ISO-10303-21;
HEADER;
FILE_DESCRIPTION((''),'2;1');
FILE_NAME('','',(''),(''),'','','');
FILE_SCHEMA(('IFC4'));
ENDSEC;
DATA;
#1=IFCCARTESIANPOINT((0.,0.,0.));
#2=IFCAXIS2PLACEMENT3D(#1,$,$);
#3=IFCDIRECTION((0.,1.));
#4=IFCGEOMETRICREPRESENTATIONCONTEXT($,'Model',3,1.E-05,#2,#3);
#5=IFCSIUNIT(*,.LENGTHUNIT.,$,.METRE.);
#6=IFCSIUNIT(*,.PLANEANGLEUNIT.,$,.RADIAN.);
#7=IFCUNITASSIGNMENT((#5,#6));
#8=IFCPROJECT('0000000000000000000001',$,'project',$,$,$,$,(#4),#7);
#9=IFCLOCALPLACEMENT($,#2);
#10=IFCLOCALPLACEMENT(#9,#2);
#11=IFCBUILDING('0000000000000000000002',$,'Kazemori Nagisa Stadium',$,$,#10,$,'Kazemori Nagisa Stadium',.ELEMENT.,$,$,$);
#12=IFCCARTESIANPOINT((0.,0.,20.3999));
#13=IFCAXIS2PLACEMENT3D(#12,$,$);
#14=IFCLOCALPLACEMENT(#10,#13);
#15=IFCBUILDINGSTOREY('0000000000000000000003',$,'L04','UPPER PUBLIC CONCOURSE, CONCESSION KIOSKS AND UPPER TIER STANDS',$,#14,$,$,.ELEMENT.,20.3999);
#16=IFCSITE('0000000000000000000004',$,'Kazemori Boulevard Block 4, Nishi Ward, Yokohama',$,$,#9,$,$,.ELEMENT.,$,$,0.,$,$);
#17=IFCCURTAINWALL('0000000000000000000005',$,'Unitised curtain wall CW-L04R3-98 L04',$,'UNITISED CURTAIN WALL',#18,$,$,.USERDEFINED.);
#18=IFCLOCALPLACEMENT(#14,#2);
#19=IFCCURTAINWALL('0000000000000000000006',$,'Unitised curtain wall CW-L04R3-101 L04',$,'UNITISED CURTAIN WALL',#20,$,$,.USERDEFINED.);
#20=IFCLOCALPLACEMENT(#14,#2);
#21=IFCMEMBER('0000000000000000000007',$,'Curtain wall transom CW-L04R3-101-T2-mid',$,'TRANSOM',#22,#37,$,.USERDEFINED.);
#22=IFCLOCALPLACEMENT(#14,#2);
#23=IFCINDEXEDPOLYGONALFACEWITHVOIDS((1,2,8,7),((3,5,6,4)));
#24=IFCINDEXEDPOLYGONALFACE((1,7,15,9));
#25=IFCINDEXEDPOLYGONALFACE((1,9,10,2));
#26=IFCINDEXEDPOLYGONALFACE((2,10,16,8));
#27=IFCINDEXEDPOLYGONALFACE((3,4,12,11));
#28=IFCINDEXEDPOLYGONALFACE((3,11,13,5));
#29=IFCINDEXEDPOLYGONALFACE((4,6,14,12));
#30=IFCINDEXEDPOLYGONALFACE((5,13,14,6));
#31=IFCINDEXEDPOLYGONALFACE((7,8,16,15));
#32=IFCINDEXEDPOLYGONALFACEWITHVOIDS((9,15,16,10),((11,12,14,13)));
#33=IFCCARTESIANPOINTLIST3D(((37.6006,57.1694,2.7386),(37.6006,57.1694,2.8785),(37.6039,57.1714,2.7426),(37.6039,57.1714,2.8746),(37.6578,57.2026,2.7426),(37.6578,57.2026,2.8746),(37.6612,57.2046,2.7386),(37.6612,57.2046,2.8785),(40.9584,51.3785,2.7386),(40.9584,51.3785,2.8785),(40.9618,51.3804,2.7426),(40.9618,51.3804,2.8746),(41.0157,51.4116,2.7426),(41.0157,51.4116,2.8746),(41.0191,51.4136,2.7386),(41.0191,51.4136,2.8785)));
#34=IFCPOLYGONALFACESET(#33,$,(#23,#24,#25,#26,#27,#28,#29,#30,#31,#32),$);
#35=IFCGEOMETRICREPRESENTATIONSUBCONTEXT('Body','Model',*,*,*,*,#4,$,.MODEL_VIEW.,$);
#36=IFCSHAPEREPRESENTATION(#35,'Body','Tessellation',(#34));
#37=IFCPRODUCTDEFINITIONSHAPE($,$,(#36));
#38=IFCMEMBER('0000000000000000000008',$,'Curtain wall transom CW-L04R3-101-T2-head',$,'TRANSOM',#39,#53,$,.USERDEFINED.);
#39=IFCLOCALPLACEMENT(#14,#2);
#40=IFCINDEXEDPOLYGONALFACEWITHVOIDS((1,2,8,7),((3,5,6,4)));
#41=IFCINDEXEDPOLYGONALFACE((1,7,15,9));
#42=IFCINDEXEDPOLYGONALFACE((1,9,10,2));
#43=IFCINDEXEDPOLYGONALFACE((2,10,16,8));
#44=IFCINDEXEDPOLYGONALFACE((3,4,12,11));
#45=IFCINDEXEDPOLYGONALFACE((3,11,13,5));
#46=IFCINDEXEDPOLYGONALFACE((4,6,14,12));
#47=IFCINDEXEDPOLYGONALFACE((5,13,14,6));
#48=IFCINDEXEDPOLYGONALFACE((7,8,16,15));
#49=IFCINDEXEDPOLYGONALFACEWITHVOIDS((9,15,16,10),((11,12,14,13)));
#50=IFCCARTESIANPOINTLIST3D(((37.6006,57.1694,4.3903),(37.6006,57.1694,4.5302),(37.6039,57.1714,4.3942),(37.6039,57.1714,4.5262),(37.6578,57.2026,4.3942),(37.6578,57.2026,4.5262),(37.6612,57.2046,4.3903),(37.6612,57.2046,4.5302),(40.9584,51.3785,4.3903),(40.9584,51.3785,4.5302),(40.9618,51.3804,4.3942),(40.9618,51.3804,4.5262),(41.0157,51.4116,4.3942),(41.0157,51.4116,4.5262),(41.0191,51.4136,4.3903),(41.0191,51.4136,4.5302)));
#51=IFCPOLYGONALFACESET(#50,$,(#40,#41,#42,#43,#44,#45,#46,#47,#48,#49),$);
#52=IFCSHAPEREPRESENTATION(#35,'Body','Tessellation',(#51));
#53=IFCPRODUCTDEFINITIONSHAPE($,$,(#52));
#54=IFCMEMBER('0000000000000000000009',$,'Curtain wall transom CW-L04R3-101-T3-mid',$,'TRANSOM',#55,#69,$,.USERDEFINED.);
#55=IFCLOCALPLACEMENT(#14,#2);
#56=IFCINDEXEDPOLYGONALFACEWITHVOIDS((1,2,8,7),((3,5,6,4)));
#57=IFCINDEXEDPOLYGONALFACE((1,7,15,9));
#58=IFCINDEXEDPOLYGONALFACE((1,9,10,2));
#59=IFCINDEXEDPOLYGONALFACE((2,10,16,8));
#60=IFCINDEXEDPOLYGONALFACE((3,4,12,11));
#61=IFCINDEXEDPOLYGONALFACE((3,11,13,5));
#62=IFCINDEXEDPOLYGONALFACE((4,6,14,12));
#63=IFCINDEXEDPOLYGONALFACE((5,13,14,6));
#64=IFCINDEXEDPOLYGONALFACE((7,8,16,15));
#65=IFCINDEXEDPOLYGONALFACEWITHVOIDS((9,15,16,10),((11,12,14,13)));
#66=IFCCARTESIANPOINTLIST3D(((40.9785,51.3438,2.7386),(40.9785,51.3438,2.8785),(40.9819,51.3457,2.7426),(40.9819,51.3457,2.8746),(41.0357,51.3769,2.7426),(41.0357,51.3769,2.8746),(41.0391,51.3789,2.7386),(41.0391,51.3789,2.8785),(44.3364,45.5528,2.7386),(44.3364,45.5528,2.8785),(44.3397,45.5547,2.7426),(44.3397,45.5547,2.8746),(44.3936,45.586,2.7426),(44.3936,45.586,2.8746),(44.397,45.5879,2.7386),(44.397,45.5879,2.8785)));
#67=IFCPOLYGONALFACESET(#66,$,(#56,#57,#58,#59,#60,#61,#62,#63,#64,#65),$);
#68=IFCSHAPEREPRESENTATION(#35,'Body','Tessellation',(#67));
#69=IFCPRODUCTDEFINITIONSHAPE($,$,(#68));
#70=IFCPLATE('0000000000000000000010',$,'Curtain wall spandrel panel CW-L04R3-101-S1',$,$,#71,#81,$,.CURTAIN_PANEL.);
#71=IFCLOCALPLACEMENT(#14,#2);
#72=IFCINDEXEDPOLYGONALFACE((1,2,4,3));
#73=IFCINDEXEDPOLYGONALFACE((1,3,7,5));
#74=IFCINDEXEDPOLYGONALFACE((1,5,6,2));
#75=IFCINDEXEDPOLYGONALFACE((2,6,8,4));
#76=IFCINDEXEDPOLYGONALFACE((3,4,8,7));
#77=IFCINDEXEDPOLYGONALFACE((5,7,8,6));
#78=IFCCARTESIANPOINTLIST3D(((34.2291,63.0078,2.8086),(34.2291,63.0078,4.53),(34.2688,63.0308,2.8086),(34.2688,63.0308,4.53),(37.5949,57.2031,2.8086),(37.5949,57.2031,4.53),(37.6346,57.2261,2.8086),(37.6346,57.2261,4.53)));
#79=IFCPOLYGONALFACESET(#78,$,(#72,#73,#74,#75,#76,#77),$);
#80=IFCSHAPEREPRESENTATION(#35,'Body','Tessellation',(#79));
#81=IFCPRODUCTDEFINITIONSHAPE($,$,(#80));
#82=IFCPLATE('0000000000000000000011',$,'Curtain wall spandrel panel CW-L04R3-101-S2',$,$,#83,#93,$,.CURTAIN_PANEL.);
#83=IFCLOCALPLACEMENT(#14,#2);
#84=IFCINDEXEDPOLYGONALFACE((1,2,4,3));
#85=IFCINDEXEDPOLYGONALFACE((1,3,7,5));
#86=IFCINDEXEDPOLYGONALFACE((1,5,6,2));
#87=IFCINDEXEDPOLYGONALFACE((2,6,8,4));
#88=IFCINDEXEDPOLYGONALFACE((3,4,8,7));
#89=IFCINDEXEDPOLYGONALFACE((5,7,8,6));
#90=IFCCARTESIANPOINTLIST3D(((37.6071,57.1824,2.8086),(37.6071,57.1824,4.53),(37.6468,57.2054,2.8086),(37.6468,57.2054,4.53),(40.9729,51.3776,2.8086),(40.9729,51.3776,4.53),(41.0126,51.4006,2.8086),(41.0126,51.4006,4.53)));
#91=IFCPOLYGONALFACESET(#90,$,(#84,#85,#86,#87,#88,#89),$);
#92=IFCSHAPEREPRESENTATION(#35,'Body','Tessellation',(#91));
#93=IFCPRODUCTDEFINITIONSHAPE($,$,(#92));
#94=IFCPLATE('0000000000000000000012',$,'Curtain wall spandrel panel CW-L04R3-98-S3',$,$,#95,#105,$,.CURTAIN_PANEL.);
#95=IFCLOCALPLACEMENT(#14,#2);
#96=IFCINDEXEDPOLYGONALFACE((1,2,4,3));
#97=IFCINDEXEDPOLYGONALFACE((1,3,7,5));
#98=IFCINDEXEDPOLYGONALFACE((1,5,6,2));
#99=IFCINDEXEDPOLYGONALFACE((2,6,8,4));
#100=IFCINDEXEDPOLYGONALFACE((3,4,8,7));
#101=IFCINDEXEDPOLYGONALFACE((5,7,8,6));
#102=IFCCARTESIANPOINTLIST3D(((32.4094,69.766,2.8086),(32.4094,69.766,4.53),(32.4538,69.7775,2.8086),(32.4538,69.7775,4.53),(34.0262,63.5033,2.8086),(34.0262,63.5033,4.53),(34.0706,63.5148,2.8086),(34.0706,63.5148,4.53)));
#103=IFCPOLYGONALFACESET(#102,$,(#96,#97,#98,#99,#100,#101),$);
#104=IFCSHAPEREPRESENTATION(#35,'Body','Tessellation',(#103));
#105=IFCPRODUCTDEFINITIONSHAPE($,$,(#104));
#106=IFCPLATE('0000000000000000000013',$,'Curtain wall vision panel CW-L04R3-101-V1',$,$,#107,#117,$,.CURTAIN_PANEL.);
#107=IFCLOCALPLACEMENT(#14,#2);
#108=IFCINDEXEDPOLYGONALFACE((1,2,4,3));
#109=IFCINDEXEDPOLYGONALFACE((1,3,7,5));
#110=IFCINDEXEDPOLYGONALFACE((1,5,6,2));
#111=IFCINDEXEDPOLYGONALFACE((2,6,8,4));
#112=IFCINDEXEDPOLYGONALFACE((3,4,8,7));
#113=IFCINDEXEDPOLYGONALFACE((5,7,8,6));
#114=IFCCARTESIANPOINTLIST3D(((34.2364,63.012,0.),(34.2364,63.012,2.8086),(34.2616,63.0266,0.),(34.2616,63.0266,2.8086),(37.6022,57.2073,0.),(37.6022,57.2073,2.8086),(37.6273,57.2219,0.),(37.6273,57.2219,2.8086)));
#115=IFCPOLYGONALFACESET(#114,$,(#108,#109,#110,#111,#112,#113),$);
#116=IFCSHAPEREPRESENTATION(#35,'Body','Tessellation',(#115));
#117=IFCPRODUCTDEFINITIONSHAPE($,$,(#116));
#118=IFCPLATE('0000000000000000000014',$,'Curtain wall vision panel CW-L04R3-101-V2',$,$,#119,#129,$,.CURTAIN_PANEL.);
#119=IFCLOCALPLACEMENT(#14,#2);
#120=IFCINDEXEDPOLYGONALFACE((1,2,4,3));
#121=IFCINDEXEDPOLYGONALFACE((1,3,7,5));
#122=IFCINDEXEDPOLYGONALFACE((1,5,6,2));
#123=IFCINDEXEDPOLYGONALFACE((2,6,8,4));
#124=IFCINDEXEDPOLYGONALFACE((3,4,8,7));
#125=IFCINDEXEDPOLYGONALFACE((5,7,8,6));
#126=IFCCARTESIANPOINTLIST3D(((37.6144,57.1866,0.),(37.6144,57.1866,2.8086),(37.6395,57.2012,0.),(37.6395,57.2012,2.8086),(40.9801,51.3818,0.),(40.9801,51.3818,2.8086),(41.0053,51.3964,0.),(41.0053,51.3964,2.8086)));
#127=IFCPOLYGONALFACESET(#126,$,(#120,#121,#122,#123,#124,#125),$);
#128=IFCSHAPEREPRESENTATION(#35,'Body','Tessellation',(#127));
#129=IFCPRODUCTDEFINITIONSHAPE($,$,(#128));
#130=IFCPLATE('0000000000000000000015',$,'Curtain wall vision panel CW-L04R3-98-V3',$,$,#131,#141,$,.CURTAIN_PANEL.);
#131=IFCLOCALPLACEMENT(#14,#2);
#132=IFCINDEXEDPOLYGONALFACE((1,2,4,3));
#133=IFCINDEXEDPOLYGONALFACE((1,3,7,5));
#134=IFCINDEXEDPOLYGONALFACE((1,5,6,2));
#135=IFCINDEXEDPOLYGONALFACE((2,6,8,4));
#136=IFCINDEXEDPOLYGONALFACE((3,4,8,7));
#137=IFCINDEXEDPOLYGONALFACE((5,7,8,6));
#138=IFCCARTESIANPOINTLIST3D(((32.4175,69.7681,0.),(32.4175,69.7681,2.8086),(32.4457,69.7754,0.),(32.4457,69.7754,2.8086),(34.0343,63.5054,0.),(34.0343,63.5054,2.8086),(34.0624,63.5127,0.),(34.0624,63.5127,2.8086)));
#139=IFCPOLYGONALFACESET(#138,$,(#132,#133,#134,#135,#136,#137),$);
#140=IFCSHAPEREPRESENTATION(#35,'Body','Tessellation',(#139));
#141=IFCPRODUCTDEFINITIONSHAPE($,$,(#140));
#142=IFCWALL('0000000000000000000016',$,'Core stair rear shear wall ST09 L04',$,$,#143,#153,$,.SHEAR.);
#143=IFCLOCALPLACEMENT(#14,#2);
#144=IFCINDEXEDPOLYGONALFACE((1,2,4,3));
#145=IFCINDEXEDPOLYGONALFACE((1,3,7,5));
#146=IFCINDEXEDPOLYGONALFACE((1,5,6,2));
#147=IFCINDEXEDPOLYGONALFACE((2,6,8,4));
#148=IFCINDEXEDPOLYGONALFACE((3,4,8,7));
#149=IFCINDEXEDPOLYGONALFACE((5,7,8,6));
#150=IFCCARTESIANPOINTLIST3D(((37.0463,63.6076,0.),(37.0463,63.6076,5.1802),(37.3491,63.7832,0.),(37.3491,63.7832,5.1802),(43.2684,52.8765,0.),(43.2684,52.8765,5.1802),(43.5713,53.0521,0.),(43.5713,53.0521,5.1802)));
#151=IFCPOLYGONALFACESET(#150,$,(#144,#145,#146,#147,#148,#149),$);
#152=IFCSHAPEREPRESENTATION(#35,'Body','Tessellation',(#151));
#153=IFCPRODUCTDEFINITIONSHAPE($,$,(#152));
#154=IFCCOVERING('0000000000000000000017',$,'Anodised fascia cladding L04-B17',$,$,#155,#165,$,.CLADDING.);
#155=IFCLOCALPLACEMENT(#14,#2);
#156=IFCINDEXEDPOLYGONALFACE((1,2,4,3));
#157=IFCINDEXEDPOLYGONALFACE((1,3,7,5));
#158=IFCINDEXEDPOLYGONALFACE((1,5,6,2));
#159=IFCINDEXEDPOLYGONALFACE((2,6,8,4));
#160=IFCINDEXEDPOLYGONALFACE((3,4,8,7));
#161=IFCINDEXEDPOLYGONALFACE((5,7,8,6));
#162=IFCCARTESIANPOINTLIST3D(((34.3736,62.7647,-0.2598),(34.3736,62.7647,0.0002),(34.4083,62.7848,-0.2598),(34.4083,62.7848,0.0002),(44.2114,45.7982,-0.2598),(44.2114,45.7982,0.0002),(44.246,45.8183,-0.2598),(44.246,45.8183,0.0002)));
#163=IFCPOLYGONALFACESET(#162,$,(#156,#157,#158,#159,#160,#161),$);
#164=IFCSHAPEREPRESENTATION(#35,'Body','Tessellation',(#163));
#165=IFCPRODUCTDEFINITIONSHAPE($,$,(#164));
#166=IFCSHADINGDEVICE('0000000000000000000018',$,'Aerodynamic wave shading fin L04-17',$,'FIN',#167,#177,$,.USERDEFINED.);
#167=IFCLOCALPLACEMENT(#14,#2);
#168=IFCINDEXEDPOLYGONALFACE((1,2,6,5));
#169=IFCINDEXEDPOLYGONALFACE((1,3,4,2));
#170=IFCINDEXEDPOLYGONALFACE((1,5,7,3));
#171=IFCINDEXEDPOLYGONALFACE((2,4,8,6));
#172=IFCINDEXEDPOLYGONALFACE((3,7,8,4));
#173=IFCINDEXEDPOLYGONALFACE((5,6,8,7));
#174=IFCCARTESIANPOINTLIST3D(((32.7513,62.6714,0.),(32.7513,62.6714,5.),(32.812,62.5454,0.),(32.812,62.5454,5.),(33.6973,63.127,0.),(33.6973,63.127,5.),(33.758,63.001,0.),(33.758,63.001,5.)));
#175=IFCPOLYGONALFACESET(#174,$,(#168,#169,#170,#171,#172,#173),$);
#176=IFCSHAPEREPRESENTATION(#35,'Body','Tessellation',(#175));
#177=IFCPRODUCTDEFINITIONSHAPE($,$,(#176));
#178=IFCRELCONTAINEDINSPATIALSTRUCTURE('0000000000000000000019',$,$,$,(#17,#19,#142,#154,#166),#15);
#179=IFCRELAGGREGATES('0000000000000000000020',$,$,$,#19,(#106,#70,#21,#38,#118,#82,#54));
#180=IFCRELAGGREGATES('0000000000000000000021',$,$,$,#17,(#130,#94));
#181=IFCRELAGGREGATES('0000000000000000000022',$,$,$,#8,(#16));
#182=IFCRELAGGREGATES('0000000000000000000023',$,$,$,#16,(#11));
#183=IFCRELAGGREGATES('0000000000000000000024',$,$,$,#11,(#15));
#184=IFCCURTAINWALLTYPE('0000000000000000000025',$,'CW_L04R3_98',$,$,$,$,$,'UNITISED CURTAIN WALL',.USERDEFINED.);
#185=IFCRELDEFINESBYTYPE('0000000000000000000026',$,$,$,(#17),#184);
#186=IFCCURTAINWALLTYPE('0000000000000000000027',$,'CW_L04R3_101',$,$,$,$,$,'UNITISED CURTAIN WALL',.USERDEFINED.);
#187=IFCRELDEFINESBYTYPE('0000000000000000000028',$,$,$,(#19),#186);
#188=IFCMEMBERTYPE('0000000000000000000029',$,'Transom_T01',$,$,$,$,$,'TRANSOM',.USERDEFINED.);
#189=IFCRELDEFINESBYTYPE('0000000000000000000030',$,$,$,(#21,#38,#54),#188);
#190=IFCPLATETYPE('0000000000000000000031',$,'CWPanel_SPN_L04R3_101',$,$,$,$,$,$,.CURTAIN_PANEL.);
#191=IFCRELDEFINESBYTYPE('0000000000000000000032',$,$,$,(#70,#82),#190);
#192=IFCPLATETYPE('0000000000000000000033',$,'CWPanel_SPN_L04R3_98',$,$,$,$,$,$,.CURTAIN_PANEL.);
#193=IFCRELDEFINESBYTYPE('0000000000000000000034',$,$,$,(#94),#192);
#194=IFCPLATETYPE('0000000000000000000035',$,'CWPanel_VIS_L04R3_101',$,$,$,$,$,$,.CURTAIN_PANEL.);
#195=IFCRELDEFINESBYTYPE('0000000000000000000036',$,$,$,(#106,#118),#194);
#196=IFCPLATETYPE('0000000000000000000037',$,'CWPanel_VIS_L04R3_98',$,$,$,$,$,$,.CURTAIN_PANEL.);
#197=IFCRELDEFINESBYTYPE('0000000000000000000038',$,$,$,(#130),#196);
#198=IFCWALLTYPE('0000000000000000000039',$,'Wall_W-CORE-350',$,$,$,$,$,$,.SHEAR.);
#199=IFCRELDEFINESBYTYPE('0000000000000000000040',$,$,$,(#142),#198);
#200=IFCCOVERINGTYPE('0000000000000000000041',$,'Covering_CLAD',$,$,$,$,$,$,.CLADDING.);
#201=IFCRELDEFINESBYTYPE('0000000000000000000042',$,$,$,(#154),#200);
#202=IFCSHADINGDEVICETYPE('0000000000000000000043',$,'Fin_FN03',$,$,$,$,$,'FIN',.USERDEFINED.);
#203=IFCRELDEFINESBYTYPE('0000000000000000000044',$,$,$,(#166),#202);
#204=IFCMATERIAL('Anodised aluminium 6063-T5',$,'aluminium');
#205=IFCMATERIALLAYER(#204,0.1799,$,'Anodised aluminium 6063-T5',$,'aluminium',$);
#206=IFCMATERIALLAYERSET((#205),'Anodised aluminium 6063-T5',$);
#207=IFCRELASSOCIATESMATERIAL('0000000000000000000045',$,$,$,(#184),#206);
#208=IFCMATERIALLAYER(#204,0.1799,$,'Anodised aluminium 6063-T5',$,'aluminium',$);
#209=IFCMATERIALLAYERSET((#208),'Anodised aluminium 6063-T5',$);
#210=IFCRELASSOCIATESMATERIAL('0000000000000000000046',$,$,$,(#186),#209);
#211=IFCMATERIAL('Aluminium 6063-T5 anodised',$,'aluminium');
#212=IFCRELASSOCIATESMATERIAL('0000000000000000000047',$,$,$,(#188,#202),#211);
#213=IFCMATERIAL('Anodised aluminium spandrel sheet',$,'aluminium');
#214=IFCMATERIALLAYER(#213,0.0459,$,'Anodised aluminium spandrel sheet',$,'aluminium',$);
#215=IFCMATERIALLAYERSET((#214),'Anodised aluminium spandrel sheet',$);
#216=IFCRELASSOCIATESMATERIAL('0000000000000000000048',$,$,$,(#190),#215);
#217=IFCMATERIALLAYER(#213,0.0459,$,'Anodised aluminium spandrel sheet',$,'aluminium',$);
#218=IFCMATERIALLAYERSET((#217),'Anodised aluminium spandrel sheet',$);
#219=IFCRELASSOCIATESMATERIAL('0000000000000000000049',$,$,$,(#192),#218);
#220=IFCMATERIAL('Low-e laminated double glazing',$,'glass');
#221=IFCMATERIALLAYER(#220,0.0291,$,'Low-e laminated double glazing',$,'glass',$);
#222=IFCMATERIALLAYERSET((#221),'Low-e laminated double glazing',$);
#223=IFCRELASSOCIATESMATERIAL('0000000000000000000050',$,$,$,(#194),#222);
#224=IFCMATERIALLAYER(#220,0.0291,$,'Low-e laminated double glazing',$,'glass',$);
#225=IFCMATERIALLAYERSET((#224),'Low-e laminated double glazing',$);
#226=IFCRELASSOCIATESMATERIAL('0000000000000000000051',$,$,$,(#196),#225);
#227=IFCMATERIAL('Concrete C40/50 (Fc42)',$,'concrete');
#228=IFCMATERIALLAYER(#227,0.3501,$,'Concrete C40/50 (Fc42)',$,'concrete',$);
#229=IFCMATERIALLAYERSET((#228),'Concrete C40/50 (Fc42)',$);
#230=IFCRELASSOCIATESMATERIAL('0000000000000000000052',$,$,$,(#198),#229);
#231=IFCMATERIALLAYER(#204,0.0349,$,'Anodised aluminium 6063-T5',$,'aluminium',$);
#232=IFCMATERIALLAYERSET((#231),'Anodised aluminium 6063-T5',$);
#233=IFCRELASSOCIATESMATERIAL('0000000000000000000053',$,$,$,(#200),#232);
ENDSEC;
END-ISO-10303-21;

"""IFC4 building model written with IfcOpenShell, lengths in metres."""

from ifc_helpers import new_model, si_unit, direction, frame, frame_2d, origin, origin_2d, place, context, subcontext, project, spatial, rectangle, hollow_rectangle, extrude, material, layer, layer_set, material_profile, profile_set, type_object, element, aggregate, save


model = new_model("IFC4")

# Units and contexts
model_context = context("Model", 3, precision=1e-05, world=origin(), true_north=direction((0.0, 1.0)))
body_context = subcontext(model_context, "Body", "Model", "MODEL_VIEW")
ifc_project = project(units=[si_unit("LENGTHUNIT", "METRE"), si_unit("PLANEANGLEUNIT", "RADIAN")], contexts=[model_context])

# Site, building, storey
site_placement = place(None, origin())
site = spatial("IfcSite", under=ifc_project, at=site_placement, Name="Kazemori Boulevard Block 4, Nishi Ward, Yokohama", CompositionType="ELEMENT", RefElevation=0.0)
building_placement = place(site_placement, origin())
building = spatial("IfcBuilding", under=site, at=building_placement, Name="Kazemori Nagisa Stadium", LongName="Kazemori Nagisa Stadium", CompositionType="ELEMENT")
storey_placement = place(building_placement, frame((0.0, 0.0, 20.3999)))
storey = spatial("IfcBuildingStorey", under=building, at=storey_placement, Name="L04", Description="UPPER PUBLIC CONCOURSE, CONCESSION KIOSKS AND UPPER TIER STANDS", CompositionType="ELEMENT", Elevation=20.3999)

# Curtain wall
ifc_material_1 = material(Name="Anodised aluminium 6063-T5", Category="aluminium")
ifc_layer_1 = layer(ifc_material_1, 0.1799, Name="Anodised aluminium 6063-T5", Category="aluminium")
ifc_layer_set_1 = layer_set([ifc_layer_1], Name="Anodised aluminium 6063-T5")
curtain_wall_type_1 = type_object("IfcCurtainWallType", Name="CW_L04R3_98", ElementType="UNITISED CURTAIN WALL", PredefinedType="USERDEFINED", material=ifc_layer_set_1)
curtain_wall_1_placement = place(storey_placement, origin())
curtain_wall_1 = element("IfcCurtainWall", 1, at=curtain_wall_1_placement, inside=storey, type_object=curtain_wall_type_1, Name="Unitised curtain wall CW-L04R3-98 L04", ObjectType="UNITISED CURTAIN WALL", PredefinedType="USERDEFINED")
ifc_material_2 = material(Name="Aluminium 6063-T5 anodised", Category="aluminium")

# Curtain wall, members, plates
ifc_layer_2 = layer(ifc_material_1, 0.1799, Name="Anodised aluminium 6063-T5", Category="aluminium")
ifc_layer_set_2 = layer_set([ifc_layer_2], Name="Anodised aluminium 6063-T5")
curtain_wall_type_2 = type_object("IfcCurtainWallType", Name="CW_L04R3_101", ElementType="UNITISED CURTAIN WALL", PredefinedType="USERDEFINED", material=ifc_layer_set_2)
curtain_wall_2_placement = place(storey_placement, origin())
curtain_wall_2 = element("IfcCurtainWall", 2, at=curtain_wall_2_placement, inside=storey, type_object=curtain_wall_type_2, Name="Unitised curtain wall CW-L04R3-101 L04", ObjectType="UNITISED CURTAIN WALL", PredefinedType="USERDEFINED")
ifc_material_profile_1 = material_profile(ifc_material_2, hollow_rectangle(XDim=0.0701, YDim=0.1399, WallThickness=0.0039, at=origin_2d()), Name="ALU-TRAN-70x140x4")
ifc_profile_set_1 = profile_set([ifc_material_profile_1], Name="Aluminium 6063-T5 anodised")
member_type_1 = type_object("IfcMemberType", Name="Transom_T01", ElementType="TRANSOM", PredefinedType="USERDEFINED", material=ifc_profile_set_1)
member_1_placement = place(storey_placement, frame((37.6309, 57.187, 2.8086), z_axis=(0.50162, -0.865088, 0.0), x_axis=(0.865088, 0.50162, 0.0)))
member_1 = element("IfcMember", 3, at=member_1_placement, type_object=member_type_1, Name="Curtain wall transom CW-L04R3-101-T2-mid", ObjectType="TRANSOM", PredefinedType="USERDEFINED", context=body_context, shape_type="SweptSolid", body=[
    extrude(hollow_rectangle(XDim=0.0701, YDim=0.1399, WallThickness=0.0039, at=origin_2d()), origin(), (0.0, 0.0, 1.0), 6.6941),
])
member_2_placement = place(storey_placement, frame((37.6309, 57.187, 4.4602), z_axis=(0.50162, -0.865088, 0.0), x_axis=(0.865088, 0.50162, 0.0)))
member_2 = element("IfcMember", 4, at=member_2_placement, type_object=member_type_1, Name="Curtain wall transom CW-L04R3-101-T2-head", ObjectType="TRANSOM", PredefinedType="USERDEFINED", context=body_context, shape_type="SweptSolid", body=[
    extrude(hollow_rectangle(XDim=0.0701, YDim=0.1399, WallThickness=0.0039, at=origin_2d()), origin(), (0.0, 0.0, 1.0), 6.6941),
])
member_3_placement = place(storey_placement, frame((41.0088, 51.3613, 2.8086), z_axis=(0.50162, -0.865088, 0.0), x_axis=(0.865088, 0.50162, 0.0)))
member_3 = element("IfcMember", 5, at=member_3_placement, type_object=member_type_1, Name="Curtain wall transom CW-L04R3-101-T3-mid", ObjectType="TRANSOM", PredefinedType="USERDEFINED", context=body_context, shape_type="SweptSolid", body=[
    extrude(hollow_rectangle(XDim=0.0701, YDim=0.1399, WallThickness=0.0039, at=origin_2d()), origin(), (0.0, 0.0, 1.0), 6.6941),
])
ifc_material_3 = material(Name="Anodised aluminium spandrel sheet", Category="aluminium")
ifc_layer_3 = layer(ifc_material_3, 0.0459, Name="Anodised aluminium spandrel sheet", Category="aluminium")
ifc_layer_set_3 = layer_set([ifc_layer_3], Name="Anodised aluminium spandrel sheet")
plate_type_1 = type_object("IfcPlateType", Name="CWPanel_SPN_L04R3_101", PredefinedType="CURTAIN_PANEL", material=ifc_layer_set_3)
plate_1_placement = place(storey_placement, frame((35.9319, 60.1169, 2.8086), z_axis=(0.0, 0.0, 1.0), x_axis=(0.501612, -0.865093, 0.0)))
plate_1 = element("IfcPlate", 6, at=plate_1_placement, type_object=plate_type_1, Name="Curtain wall spandrel panel CW-L04R3-101-S1", PredefinedType="CURTAIN_PANEL", context=body_context, shape_type="SweptSolid", body=[
    extrude(rectangle(XDim=6.71, YDim=0.0459, at=origin_2d()), origin(), (0.0, 0.0, 1.0), 1.7214),
])
plate_2_placement = place(storey_placement, frame((39.3098, 54.2915, 2.8086), z_axis=(0.0, 0.0, 1.0), x_axis=(0.501612, -0.865093, 0.0)))
plate_2 = element("IfcPlate", 7, at=plate_2_placement, type_object=plate_type_1, Name="Curtain wall spandrel panel CW-L04R3-101-S2", PredefinedType="CURTAIN_PANEL", context=body_context, shape_type="SweptSolid", body=[
    extrude(rectangle(XDim=6.71, YDim=0.0459, at=origin_2d()), origin(), (0.0, 0.0, 1.0), 1.7214),
])

# Plates
ifc_layer_4 = layer(ifc_material_3, 0.0459, Name="Anodised aluminium spandrel sheet", Category="aluminium")
ifc_layer_set_4 = layer_set([ifc_layer_4], Name="Anodised aluminium spandrel sheet")
plate_type_2 = type_object("IfcPlateType", Name="CWPanel_SPN_L04R3_98", PredefinedType="CURTAIN_PANEL", material=ifc_layer_set_4)
plate_3_placement = place(storey_placement, frame((33.24, 66.6404, 2.8086), z_axis=(0.0, 0.0, 1.0), x_axis=(0.249965, -0.968255, 0.0)))
plate_3 = element("IfcPlate", 8, at=plate_3_placement, type_object=plate_type_2, Name="Curtain wall spandrel panel CW-L04R3-98-S3", PredefinedType="CURTAIN_PANEL", context=body_context, shape_type="SweptSolid", body=[
    extrude(rectangle(XDim=6.468, YDim=0.0459, at=origin_2d()), origin(), (0.0, 0.0, 1.0), 1.7214),
])
ifc_material_4 = material(Name="Low-e laminated double glazing", Category="glass")
ifc_layer_5 = layer(ifc_material_4, 0.0291, Name="Low-e laminated double glazing", Category="glass")
ifc_layer_set_5 = layer_set([ifc_layer_5], Name="Low-e laminated double glazing")
plate_type_3 = type_object("IfcPlateType", Name="CWPanel_VIS_L04R3_101", PredefinedType="CURTAIN_PANEL", material=ifc_layer_set_5)
plate_4_placement = place(storey_placement, frame((35.9319, 60.1169, 0.0), z_axis=(0.0, 0.0, 1.0), x_axis=(0.501612, -0.865093, 0.0)))
plate_4 = element("IfcPlate", 9, at=plate_4_placement, type_object=plate_type_3, Name="Curtain wall vision panel CW-L04R3-101-V1", PredefinedType="CURTAIN_PANEL", context=body_context, shape_type="SweptSolid", body=[
    extrude(rectangle(XDim=6.71, YDim=0.0291, at=origin_2d()), origin(), (0.0, 0.0, 1.0), 2.8086),
])
plate_5_placement = place(storey_placement, frame((39.3098, 54.2915, 0.0), z_axis=(0.0, 0.0, 1.0), x_axis=(0.501612, -0.865093, 0.0)))
plate_5 = element("IfcPlate", 10, at=plate_5_placement, type_object=plate_type_3, Name="Curtain wall vision panel CW-L04R3-101-V2", PredefinedType="CURTAIN_PANEL", context=body_context, shape_type="SweptSolid", body=[
    extrude(rectangle(XDim=6.71, YDim=0.0291, at=origin_2d()), origin(), (0.0, 0.0, 1.0), 2.8086),
])
aggregate(curtain_wall_2, [plate_4, plate_1, member_1, member_2, plate_5, plate_2, member_3])
ifc_layer_6 = layer(ifc_material_4, 0.0291, Name="Low-e laminated double glazing", Category="glass")
ifc_layer_set_6 = layer_set([ifc_layer_6], Name="Low-e laminated double glazing")
plate_type_4 = type_object("IfcPlateType", Name="CWPanel_VIS_L04R3_98", PredefinedType="CURTAIN_PANEL", material=ifc_layer_set_6)
plate_6_placement = place(storey_placement, frame((33.24, 66.6404, 0.0), z_axis=(0.0, 0.0, 1.0), x_axis=(0.249965, -0.968255, 0.0)))
plate_6 = element("IfcPlate", 11, at=plate_6_placement, type_object=plate_type_4, Name="Curtain wall vision panel CW-L04R3-98-V3", PredefinedType="CURTAIN_PANEL", context=body_context, shape_type="SweptSolid", body=[
    extrude(rectangle(XDim=6.468, YDim=0.0291, at=origin_2d()), origin(), (0.0, 0.0, 1.0), 2.8086),
])
aggregate(curtain_wall_1, [plate_6, plate_3])

# Wall
ifc_material_5 = material(Name="Concrete C40/50 (Fc42)", Category="concrete")
ifc_layer_7 = layer(ifc_material_5, 0.3501, Name="Concrete C40/50 (Fc42)", Category="concrete")
ifc_layer_set_7 = layer_set([ifc_layer_7], Name="Concrete C40/50 (Fc42)")
wall_type = type_object("IfcWallType", Name="Wall_W-CORE-350", PredefinedType="SHEAR", material=ifc_layer_set_7)
wall_placement = place(storey_placement, frame((37.1978, 63.6953, 0.0), z_axis=(0.0, 0.0, 1.0), x_axis=(0.501602, -0.865099, 0.0)))
element("IfcWall", 12, at=wall_placement, inside=storey, type_object=wall_type, Name="Core stair rear shear wall ST09 L04", PredefinedType="SHEAR", context=body_context, shape_type="SweptSolid", body=[
    extrude(rectangle(XDim=12.4045, YDim=0.3501, at=frame_2d((6.2021, 0.0))), origin(), (0.0, 0.0, 1.0), 5.1802),
])

# Covering
ifc_layer_8 = layer(ifc_material_1, 0.0349, Name="Anodised aluminium 6063-T5", Category="aluminium")
ifc_layer_set_8 = layer_set([ifc_layer_8], Name="Anodised aluminium 6063-T5")
covering_type = type_object("IfcCoveringType", Name="Covering_CLAD", PredefinedType="CLADDING", material=ifc_layer_set_8)
covering_placement = place(storey_placement, frame((39.3098, 54.2915, -0.2598), z_axis=(0.0, 0.0, 1.0), x_axis=(0.501612, -0.865093, 0.0)))
element("IfcCovering", 13, at=covering_placement, inside=storey, type_object=covering_type, Name="Anodised fascia cladding L04-B17", PredefinedType="CLADDING", context=body_context, shape_type="SweptSolid", body=[
    extrude(rectangle(XDim=19.6123, YDim=0.04, at=origin_2d()), origin(), (0.0, 0.0, 1.0), 0.26),
])

# Shading device
shading_device_type_1 = type_object("IfcShadingDeviceType", Name="Fin_FN03", ElementType="FIN", PredefinedType="USERDEFINED", material=ifc_material_2)
shading_device_1_placement = place(storey_placement, frame((33.2546, 62.8362, 0.0), z_axis=(0.0, 0.0, 1.0), x_axis=(-0.900969, -0.433884, 0.0)))
element("IfcShadingDevice", 14, at=shading_device_1_placement, inside=storey, type_object=shading_device_type_1, Name="Aerodynamic wave shading fin L04-17", ObjectType="FIN", PredefinedType="USERDEFINED", context=body_context, shape_type="SweptSolid", body=[
    extrude(rectangle(XDim=1.05, YDim=0.1399, at=origin_2d()), origin(), (0.0, 0.0, 1.0), 5.0),
])

save(model, "model.ifc")
